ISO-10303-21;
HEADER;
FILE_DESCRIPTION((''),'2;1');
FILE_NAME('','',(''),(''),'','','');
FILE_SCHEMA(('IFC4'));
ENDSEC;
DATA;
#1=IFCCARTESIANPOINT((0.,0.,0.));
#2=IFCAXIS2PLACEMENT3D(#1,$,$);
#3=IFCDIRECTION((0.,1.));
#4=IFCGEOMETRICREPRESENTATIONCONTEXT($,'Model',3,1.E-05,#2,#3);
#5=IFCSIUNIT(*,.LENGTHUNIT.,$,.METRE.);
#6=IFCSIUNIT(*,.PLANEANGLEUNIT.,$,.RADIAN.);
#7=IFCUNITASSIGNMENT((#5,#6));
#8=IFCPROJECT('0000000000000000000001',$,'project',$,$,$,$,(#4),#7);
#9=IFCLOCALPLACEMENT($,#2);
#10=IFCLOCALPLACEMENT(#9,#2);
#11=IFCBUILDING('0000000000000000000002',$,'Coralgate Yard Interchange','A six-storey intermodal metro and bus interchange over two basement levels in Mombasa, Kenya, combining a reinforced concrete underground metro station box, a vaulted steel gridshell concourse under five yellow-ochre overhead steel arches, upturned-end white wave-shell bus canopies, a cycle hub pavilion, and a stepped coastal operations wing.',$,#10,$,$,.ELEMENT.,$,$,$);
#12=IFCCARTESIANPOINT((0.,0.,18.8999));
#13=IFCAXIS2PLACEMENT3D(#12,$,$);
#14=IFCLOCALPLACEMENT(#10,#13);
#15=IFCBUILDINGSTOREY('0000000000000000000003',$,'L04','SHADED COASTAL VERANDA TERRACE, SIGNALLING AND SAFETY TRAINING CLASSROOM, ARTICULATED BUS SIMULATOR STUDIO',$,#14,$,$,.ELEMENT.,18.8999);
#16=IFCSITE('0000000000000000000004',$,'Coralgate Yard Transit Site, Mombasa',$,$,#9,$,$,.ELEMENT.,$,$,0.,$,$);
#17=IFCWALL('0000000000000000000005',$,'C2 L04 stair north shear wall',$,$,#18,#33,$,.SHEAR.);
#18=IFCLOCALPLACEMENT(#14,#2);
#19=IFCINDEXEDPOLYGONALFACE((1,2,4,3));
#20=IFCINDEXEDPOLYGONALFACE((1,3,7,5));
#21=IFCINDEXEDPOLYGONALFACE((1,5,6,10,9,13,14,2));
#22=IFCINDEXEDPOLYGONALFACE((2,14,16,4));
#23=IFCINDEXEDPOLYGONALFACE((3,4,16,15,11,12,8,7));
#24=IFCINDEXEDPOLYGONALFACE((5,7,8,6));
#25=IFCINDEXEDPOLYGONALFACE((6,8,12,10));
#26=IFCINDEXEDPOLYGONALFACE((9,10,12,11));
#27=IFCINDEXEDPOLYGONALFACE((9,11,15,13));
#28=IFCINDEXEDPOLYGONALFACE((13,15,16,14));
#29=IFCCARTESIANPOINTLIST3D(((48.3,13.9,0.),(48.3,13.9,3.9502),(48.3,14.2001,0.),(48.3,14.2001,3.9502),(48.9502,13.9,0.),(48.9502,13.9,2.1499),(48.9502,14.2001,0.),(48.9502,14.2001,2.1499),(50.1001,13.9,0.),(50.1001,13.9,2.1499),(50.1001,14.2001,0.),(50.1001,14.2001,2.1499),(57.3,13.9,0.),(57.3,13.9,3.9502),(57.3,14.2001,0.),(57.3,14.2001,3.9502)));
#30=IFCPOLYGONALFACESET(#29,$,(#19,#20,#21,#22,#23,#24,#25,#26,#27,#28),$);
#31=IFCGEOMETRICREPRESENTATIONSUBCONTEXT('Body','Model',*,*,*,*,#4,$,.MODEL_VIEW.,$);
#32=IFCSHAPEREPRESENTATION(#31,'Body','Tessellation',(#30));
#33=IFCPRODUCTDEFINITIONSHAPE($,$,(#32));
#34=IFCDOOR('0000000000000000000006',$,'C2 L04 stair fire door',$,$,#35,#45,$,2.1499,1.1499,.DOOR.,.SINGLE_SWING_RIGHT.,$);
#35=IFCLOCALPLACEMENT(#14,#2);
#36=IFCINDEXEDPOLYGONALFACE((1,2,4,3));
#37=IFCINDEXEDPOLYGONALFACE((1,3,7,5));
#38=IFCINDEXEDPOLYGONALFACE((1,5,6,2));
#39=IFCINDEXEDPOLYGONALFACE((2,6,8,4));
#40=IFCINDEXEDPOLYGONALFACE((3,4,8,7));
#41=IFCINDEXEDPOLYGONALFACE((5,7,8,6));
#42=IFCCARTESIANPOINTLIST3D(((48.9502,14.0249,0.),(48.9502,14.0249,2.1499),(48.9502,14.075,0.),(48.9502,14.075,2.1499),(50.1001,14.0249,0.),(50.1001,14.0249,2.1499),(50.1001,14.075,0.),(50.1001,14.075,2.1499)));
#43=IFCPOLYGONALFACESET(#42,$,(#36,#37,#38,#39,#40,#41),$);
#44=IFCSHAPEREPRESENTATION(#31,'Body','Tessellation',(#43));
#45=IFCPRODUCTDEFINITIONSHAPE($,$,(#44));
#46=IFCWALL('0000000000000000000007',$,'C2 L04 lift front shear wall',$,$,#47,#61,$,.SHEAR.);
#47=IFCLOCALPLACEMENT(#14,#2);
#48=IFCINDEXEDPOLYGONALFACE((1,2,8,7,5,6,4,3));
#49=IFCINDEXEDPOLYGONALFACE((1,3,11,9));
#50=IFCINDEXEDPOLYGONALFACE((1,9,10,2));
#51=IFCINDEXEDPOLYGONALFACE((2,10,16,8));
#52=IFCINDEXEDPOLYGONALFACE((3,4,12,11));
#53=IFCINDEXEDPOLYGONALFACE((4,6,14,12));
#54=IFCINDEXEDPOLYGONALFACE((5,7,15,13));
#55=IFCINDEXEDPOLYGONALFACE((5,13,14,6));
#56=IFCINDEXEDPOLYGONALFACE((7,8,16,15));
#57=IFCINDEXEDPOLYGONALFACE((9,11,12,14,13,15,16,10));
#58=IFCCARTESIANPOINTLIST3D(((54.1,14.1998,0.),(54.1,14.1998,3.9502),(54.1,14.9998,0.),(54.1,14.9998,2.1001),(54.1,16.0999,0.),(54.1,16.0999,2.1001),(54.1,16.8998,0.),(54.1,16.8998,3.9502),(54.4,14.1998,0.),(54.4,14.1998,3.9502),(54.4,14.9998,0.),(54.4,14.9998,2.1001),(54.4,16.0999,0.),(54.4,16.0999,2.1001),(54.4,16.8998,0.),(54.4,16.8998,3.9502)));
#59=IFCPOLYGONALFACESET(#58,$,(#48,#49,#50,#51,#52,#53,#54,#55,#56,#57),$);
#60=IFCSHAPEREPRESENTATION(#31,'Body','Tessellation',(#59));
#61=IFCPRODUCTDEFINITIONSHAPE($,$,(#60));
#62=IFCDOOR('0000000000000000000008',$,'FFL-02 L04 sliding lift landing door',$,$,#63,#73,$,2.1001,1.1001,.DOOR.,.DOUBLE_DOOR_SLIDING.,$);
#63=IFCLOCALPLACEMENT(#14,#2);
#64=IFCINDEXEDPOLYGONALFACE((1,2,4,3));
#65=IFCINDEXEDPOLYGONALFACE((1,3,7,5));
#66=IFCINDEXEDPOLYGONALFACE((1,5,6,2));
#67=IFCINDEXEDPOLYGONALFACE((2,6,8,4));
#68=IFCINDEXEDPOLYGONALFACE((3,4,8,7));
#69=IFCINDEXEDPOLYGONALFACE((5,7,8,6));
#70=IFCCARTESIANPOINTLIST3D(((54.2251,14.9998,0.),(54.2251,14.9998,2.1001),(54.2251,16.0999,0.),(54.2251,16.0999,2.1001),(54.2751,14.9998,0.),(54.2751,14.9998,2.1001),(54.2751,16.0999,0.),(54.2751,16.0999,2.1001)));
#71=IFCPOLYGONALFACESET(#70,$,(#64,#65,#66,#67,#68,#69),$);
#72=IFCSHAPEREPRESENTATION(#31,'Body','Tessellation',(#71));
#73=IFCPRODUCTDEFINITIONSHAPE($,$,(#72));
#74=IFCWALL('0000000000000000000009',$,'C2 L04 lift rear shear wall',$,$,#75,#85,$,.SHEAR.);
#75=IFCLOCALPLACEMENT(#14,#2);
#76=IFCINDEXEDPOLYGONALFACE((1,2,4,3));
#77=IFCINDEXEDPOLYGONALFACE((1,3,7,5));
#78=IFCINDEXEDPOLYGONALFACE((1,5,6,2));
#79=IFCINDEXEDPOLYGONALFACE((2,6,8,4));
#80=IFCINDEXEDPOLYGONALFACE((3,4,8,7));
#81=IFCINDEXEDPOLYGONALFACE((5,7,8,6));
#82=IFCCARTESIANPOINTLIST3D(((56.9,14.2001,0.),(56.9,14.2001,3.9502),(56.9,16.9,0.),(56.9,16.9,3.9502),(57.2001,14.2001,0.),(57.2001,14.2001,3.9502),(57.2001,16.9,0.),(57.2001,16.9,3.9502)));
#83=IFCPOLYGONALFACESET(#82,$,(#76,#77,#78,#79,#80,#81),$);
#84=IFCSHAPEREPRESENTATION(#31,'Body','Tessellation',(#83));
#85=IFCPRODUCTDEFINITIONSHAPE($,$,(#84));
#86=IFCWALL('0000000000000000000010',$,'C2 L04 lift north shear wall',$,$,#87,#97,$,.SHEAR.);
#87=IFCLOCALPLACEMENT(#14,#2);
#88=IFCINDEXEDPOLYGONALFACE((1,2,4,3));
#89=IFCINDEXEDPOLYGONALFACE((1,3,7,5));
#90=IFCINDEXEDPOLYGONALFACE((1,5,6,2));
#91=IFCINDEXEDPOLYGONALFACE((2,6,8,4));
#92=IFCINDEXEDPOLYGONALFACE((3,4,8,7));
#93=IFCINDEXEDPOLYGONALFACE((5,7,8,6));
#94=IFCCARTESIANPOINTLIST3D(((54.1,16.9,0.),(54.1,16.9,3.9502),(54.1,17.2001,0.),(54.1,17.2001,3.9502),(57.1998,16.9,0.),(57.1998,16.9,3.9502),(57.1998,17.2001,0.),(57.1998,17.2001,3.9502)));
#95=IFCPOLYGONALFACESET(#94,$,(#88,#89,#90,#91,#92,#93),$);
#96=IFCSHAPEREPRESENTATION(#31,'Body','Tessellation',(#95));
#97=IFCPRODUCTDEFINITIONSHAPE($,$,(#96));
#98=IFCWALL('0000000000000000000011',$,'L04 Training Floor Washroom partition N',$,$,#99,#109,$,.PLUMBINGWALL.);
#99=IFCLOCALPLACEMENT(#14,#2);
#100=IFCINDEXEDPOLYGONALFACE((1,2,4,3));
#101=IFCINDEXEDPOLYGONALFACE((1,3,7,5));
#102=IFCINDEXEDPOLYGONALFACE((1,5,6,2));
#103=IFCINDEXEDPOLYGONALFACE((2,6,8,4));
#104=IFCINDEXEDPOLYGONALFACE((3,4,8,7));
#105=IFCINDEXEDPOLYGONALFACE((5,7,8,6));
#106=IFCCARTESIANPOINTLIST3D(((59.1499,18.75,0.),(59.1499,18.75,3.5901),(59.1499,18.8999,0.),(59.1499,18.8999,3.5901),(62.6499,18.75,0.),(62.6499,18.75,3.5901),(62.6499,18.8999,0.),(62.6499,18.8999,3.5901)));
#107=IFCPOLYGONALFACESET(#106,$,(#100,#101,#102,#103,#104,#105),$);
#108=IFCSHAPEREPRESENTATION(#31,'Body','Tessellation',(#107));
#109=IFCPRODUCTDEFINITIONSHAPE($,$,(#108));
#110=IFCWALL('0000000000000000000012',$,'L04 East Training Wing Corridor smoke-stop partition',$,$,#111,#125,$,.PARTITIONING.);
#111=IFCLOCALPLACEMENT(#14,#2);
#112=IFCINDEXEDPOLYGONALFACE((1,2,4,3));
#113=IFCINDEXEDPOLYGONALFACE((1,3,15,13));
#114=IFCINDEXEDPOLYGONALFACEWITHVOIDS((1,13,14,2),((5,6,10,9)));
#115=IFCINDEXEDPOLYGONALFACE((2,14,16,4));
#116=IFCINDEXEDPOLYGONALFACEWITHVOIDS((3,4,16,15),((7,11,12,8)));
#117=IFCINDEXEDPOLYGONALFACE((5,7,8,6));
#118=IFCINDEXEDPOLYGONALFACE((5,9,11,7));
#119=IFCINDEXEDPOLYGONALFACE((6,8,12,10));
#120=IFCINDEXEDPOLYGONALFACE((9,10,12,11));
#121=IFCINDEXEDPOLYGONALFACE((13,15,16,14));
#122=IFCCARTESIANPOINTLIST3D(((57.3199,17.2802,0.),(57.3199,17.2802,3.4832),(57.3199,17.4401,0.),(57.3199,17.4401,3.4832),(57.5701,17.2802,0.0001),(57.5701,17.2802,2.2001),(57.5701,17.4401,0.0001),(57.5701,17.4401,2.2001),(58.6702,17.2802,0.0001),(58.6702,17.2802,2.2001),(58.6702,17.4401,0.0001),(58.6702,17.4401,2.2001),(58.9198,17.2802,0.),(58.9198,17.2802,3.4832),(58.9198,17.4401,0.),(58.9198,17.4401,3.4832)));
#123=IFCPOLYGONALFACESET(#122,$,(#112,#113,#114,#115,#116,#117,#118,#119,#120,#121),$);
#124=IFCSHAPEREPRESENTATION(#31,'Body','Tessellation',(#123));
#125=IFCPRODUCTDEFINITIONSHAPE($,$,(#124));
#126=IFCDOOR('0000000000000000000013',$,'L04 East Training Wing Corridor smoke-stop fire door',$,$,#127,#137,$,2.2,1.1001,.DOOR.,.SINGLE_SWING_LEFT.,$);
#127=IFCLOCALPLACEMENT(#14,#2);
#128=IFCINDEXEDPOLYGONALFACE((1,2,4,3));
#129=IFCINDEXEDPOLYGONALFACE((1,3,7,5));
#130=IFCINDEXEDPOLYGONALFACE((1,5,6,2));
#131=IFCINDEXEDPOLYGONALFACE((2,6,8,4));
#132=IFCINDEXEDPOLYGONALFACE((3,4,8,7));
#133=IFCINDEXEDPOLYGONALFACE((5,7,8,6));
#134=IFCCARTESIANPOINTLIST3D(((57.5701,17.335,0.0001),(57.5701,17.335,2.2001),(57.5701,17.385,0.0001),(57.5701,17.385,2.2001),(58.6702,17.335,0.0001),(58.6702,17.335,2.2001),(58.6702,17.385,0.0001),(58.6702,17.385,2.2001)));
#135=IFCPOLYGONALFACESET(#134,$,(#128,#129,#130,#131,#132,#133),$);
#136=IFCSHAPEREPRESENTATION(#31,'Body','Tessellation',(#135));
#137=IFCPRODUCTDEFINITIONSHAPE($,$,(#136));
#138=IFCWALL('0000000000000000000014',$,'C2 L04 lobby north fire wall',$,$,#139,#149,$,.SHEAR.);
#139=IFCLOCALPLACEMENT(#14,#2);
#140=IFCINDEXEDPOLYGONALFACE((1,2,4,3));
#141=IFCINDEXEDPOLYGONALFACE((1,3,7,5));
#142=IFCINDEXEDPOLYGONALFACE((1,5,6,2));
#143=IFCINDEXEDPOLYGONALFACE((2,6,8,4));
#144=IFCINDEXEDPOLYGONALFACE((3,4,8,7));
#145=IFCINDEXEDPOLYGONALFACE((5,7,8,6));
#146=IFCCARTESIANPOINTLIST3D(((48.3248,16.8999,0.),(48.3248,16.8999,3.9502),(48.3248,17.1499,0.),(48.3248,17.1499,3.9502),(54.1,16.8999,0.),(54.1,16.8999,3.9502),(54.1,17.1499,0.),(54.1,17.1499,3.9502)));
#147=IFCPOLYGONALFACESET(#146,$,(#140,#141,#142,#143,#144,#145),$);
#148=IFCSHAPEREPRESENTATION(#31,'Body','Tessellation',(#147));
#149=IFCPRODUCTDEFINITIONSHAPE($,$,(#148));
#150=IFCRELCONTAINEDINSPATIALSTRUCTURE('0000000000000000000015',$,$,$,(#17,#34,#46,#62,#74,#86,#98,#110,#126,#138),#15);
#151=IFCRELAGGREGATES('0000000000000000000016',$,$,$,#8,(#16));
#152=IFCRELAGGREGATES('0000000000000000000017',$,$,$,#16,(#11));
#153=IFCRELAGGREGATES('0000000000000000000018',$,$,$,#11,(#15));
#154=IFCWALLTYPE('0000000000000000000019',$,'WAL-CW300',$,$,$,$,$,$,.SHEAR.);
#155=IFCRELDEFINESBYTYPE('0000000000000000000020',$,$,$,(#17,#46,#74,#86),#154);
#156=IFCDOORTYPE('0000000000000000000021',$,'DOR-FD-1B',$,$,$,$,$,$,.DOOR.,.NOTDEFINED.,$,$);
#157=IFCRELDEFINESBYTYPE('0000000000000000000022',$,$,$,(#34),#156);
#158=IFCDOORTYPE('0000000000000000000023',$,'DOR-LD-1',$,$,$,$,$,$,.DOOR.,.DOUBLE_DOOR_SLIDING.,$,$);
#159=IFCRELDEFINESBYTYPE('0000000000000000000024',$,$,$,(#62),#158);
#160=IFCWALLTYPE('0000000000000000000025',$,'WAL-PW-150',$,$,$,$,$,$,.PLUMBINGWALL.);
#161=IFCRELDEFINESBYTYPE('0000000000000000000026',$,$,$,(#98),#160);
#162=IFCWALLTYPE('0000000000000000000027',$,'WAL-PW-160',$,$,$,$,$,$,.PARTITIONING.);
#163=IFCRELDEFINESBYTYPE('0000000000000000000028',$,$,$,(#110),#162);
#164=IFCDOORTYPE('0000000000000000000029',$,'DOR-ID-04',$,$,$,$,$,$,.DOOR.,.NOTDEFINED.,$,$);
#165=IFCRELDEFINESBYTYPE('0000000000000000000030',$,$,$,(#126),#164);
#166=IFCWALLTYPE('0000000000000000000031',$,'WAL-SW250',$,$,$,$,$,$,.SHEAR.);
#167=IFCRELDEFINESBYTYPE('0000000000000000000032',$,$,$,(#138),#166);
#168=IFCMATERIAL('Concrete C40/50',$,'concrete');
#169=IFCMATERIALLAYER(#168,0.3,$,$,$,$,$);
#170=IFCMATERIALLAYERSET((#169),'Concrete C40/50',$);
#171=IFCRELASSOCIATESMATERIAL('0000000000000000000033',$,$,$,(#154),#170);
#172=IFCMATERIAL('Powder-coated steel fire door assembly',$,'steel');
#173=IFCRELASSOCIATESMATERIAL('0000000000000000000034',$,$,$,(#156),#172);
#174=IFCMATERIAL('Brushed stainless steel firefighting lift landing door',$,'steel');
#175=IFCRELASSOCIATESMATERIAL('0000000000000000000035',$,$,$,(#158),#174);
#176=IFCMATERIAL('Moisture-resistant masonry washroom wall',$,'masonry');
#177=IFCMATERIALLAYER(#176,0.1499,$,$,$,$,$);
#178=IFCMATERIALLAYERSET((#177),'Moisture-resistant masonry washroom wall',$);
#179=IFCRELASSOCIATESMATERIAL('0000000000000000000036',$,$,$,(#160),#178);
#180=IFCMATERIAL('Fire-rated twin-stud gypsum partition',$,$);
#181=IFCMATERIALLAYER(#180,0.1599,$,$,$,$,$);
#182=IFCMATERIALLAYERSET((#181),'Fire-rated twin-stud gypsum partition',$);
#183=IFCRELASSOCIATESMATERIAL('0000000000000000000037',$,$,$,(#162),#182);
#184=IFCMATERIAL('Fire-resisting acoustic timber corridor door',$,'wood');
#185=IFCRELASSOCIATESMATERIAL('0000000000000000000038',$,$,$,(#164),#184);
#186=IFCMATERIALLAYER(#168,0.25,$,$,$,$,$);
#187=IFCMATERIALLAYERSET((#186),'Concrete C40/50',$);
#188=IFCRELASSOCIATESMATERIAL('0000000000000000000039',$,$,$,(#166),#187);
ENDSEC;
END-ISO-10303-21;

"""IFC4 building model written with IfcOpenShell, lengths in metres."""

from ifc_helpers import new_model, si_unit, direction, frame, frame_2d, origin, place, context, subcontext, project, spatial, rectangle, extrude, material, layer, layer_set, type_object, element, fill, save


model = new_model("IFC4")

# Units and contexts
model_context = context("Model", 3, precision=1e-05, world=origin(), true_north=direction((0.0, 1.0)))
body_context = subcontext(model_context, "Body", "Model", "MODEL_VIEW")
ifc_project = project(units=[si_unit("LENGTHUNIT", "METRE"), si_unit("PLANEANGLEUNIT", "RADIAN")], contexts=[model_context])

# Site, building, storey
site_placement = place(None, origin())
site = spatial("IfcSite", under=ifc_project, at=site_placement, Name="Coralgate Yard Transit Site, Mombasa", CompositionType="ELEMENT", RefElevation=0.0)
building_placement = place(site_placement, origin())
building = spatial("IfcBuilding", under=site, at=building_placement, Name="Coralgate Yard Interchange", Description="A six-storey intermodal metro and bus interchange over two basement levels in Mombasa, Kenya, combining a reinforced concrete underground metro station box, a vaulted steel gridshell concourse under five yellow-ochre overhead steel arches, upturned-end white wave-shell bus canopies, a cycle hub pavilion, and a stepped coastal operations wing.", CompositionType="ELEMENT")
storey_placement = place(building_placement, frame((0.0, 0.0, 18.8999)))
storey = spatial("IfcBuildingStorey", under=building, at=storey_placement, Name="L04", Description="SHADED COASTAL VERANDA TERRACE, SIGNALLING AND SAFETY TRAINING CLASSROOM, ARTICULATED BUS SIMULATOR STUDIO", CompositionType="ELEMENT", Elevation=18.8999)

# Walls, openings, doors
ifc_material_1 = material(Name="Concrete C40/50", Category="concrete")
ifc_layer_1 = layer(ifc_material_1, 0.3)
ifc_layer_set_1 = layer_set([ifc_layer_1], Name="Concrete C40/50")
wall_type_1 = type_object("IfcWallType", Name="WAL-CW300", PredefinedType="SHEAR", material=ifc_layer_set_1)
wall_1_placement = place(storey_placement, frame((57.3, 14.05, 0.0), z_axis=(0.0, 0.0, 1.0), x_axis=(-1.0, 0.0, 0.0)))
wall_1 = element("IfcWall", 1, at=wall_1_placement, inside=storey, type_object=wall_type_1, Name="C2 L04 stair north shear wall", PredefinedType="SHEAR", context=body_context, shape_type="SweptSolid", body=[
    extrude(rectangle(XDim=9.0, YDim=0.3, at=frame_2d((4.5, 0.0))), origin(), (0.0, 0.0, 1.0), 3.9502),
])
opening_1_placement = place(wall_1_placement, frame((7.2, 0.0, 0.0)))
opening_1 = element("IfcOpeningElement", 2, at=opening_1_placement, cuts=wall_1, PredefinedType="OPENING", context=body_context, shape_type="SweptSolid", body=[
    extrude(rectangle(XDim=1.1499, YDim=2.1499, at=frame_2d((0.575, 1.075))), frame((0.0, 0.1599, 0.0), z_axis=(0.0, -1.0, 0.0), x_axis=(1.0, 0.0, 0.0)), (0.0, 0.0, 1.0), 0.3201),
])
ifc_material_2 = material(Name="Powder-coated steel fire door assembly", Category="steel")
door_type_1 = type_object("IfcDoorType", Name="DOR-FD-1B", OperationType="NOTDEFINED", PredefinedType="DOOR", material=ifc_material_2)
door_1_placement = place(opening_1_placement, frame((1.1499, 0.0, 0.0), z_axis=(0.0, 0.0, 1.0), x_axis=(-1.0, 0.0, 0.0)))
door_1 = element("IfcDoor", 3, at=door_1_placement, inside=storey, type_object=door_type_1, Name="C2 L04 stair fire door", OperationType="SINGLE_SWING_RIGHT", OverallHeight=2.1499, OverallWidth=1.1499, PredefinedType="DOOR", context=body_context, shape_type="SweptSolid", body=[
    extrude(rectangle(XDim=1.1499, YDim=2.1499, at=frame_2d((0.575, 1.075))), frame((0.0, 0.0249, 0.0), z_axis=(0.0, -1.0, 0.0), x_axis=(1.0, 0.0, 0.0)), (0.0, 0.0, 1.0), 0.05),
])
fill(opening_1, door_1)
wall_2_placement = place(storey_placement, frame((54.25, 16.8999, 0.0), z_axis=(0.0, 0.0, 1.0), x_axis=(0.0, -1.0, 0.0)))
wall_2 = element("IfcWall", 4, at=wall_2_placement, inside=storey, type_object=wall_type_1, Name="C2 L04 lift front shear wall", PredefinedType="SHEAR", context=body_context, shape_type="SweptSolid", body=[
    extrude(rectangle(XDim=2.7, YDim=0.3, at=frame_2d((1.3501, 0.0))), origin(), (0.0, 0.0, 1.0), 3.9502),
])
opening_2_placement = place(wall_2_placement, frame((0.8, 0.0, 0.0)))
opening_2 = element("IfcOpeningElement", 5, at=opening_2_placement, cuts=wall_2, PredefinedType="OPENING", context=body_context, shape_type="SweptSolid", body=[
    extrude(rectangle(XDim=1.1001, YDim=2.1001, at=frame_2d((0.55, 1.05))), frame((0.0, 0.1599, 0.0), z_axis=(0.0, -1.0, 0.0), x_axis=(1.0, 0.0, 0.0)), (0.0, 0.0, 1.0), 0.3201),
])
ifc_material_3 = material(Name="Brushed stainless steel firefighting lift landing door", Category="steel")
door_type_2 = type_object("IfcDoorType", Name="DOR-LD-1", OperationType="DOUBLE_DOOR_SLIDING", PredefinedType="DOOR", material=ifc_material_3)
door_2_placement = place(opening_2_placement, frame((1.1001, 0.0, 0.0), z_axis=(0.0, 0.0, 1.0), x_axis=(-1.0, 0.0, 0.0)))
door_2 = element("IfcDoor", 6, at=door_2_placement, inside=storey, type_object=door_type_2, Name="FFL-02 L04 sliding lift landing door", OperationType="DOUBLE_DOOR_SLIDING", OverallHeight=2.1001, OverallWidth=1.1001, PredefinedType="DOOR", context=body_context, shape_type="SweptSolid", body=[
    extrude(rectangle(XDim=1.1001, YDim=2.1001, at=frame_2d((0.55, 1.05))), frame((0.0, 0.0249, 0.0), z_axis=(0.0, -1.0, 0.0), x_axis=(1.0, 0.0, 0.0)), (0.0, 0.0, 1.0), 0.05),
])
fill(opening_2, door_2)

# Walls
wall_3_placement = place(storey_placement, frame((57.05, 14.2, 0.0), z_axis=(0.0, 0.0, 1.0), x_axis=(0.0, 1.0, 0.0)))
element("IfcWall", 7, at=wall_3_placement, inside=storey, type_object=wall_type_1, Name="C2 L04 lift rear shear wall", PredefinedType="SHEAR", context=body_context, shape_type="SweptSolid", body=[
    extrude(rectangle(XDim=2.7, YDim=0.3, at=frame_2d((1.3501, 0.0))), origin(), (0.0, 0.0, 1.0), 3.9502),
])
wall_4_placement = place(storey_placement, frame((54.1001, 17.05, 0.0), z_axis=(0.0, 0.0, 1.0), x_axis=(1.0, 0.0, 0.0)))
element("IfcWall", 8, at=wall_4_placement, inside=storey, type_object=wall_type_1, Name="C2 L04 lift north shear wall", PredefinedType="SHEAR", context=body_context, shape_type="SweptSolid", body=[
    extrude(rectangle(XDim=3.0999, YDim=0.3, at=frame_2d((1.5498, 0.0))), origin(), (0.0, 0.0, 1.0), 3.9502),
])
ifc_material_4 = material(Name="Moisture-resistant masonry washroom wall", Category="masonry")
ifc_layer_2 = layer(ifc_material_4, 0.1499)
ifc_layer_set_2 = layer_set([ifc_layer_2], Name="Moisture-resistant masonry washroom wall")
wall_type_2 = type_object("IfcWallType", Name="WAL-PW-150", PredefinedType="PLUMBINGWALL", material=ifc_layer_set_2)
wall_5_placement = place(storey_placement, frame((59.1499, 18.825, 0.0), z_axis=(0.0, 0.0, 1.0), x_axis=(1.0, 0.0, 0.0)))
element("IfcWall", 9, at=wall_5_placement, inside=storey, type_object=wall_type_2, Name="L04 Training Floor Washroom partition N", PredefinedType="PLUMBINGWALL", context=body_context, shape_type="SweptSolid", body=[
    extrude(rectangle(XDim=3.5, YDim=0.1499, at=frame_2d((1.75, 0.0))), origin(), (0.0, 0.0, 1.0), 3.5901),
])

# Wall, opening, door
ifc_material_5 = material(Name="Fire-rated twin-stud gypsum partition")
ifc_layer_3 = layer(ifc_material_5, 0.1599)
ifc_layer_set_3 = layer_set([ifc_layer_3], Name="Fire-rated twin-stud gypsum partition")
wall_type_3 = type_object("IfcWallType", Name="WAL-PW-160", PredefinedType="PARTITIONING", material=ifc_layer_set_3)
wall_6_placement = place(storey_placement, frame((57.3201, 17.3601, 0.0), z_axis=(0.0, 0.0, 1.0), x_axis=(1.0, 0.0, 0.0)))
wall_6 = element("IfcWall", 10, at=wall_6_placement, inside=storey, type_object=wall_type_3, Name="L04 East Training Wing Corridor smoke-stop partition", PredefinedType="PARTITIONING", context=body_context, shape_type="SweptSolid", body=[
    extrude(rectangle(XDim=1.5999, YDim=0.1599, at=frame_2d((0.7998, 0.0))), origin(), (0.0, 0.0, 1.0), 3.4832),
])
opening_3_placement = place(wall_6_placement, frame((0.25, 0.0, 0.0)))
opening_3 = element("IfcOpeningElement", 11, at=opening_3_placement, cuts=wall_6, PredefinedType="OPENING", context=body_context, shape_type="SweptSolid", body=[
    extrude(rectangle(XDim=1.1001, YDim=2.2, at=frame_2d((0.55, 1.1001))), frame((0.0, 0.0898, 0.0), z_axis=(0.0, -1.0, 0.0), x_axis=(1.0, 0.0, 0.0)), (0.0, 0.0, 1.0), 0.1799),
])
ifc_material_6 = material(Name="Fire-resisting acoustic timber corridor door", Category="wood")
door_type_3 = type_object("IfcDoorType", Name="DOR-ID-04", OperationType="NOTDEFINED", PredefinedType="DOOR", material=ifc_material_6)
door_3_placement = place(opening_3_placement, origin())
door_3 = element("IfcDoor", 12, at=door_3_placement, inside=storey, type_object=door_type_3, Name="L04 East Training Wing Corridor smoke-stop fire door", OperationType="SINGLE_SWING_LEFT", OverallHeight=2.2, OverallWidth=1.1001, PredefinedType="DOOR", context=body_context, shape_type="SweptSolid", body=[
    extrude(rectangle(XDim=1.1001, YDim=2.2, at=frame_2d((0.55, 1.1001))), frame((0.0, 0.0249, 0.0), z_axis=(0.0, -1.0, 0.0), x_axis=(1.0, 0.0, 0.0)), (0.0, 0.0, 1.0), 0.05),
])
fill(opening_3, door_3)

# Wall
ifc_layer_4 = layer(ifc_material_1, 0.25)
ifc_layer_set_4 = layer_set([ifc_layer_4], Name="Concrete C40/50")
wall_type_4 = type_object("IfcWallType", Name="WAL-SW250", PredefinedType="SHEAR", material=ifc_layer_set_4)
wall_7_placement = place(storey_placement, frame((54.1001, 17.0249, 0.0), z_axis=(0.0, 0.0, 1.0), x_axis=(-1.0, 0.0, 0.0)))
element("IfcWall", 13, at=wall_7_placement, inside=storey, type_object=wall_type_4, Name="C2 L04 lobby north fire wall", PredefinedType="SHEAR", context=body_context, shape_type="SweptSolid", body=[
    extrude(rectangle(XDim=5.7751, YDim=0.25, at=frame_2d((2.8877, 0.0))), origin(), (0.0, 0.0, 1.0), 3.9502),
])

save(model, "model.ifc")
